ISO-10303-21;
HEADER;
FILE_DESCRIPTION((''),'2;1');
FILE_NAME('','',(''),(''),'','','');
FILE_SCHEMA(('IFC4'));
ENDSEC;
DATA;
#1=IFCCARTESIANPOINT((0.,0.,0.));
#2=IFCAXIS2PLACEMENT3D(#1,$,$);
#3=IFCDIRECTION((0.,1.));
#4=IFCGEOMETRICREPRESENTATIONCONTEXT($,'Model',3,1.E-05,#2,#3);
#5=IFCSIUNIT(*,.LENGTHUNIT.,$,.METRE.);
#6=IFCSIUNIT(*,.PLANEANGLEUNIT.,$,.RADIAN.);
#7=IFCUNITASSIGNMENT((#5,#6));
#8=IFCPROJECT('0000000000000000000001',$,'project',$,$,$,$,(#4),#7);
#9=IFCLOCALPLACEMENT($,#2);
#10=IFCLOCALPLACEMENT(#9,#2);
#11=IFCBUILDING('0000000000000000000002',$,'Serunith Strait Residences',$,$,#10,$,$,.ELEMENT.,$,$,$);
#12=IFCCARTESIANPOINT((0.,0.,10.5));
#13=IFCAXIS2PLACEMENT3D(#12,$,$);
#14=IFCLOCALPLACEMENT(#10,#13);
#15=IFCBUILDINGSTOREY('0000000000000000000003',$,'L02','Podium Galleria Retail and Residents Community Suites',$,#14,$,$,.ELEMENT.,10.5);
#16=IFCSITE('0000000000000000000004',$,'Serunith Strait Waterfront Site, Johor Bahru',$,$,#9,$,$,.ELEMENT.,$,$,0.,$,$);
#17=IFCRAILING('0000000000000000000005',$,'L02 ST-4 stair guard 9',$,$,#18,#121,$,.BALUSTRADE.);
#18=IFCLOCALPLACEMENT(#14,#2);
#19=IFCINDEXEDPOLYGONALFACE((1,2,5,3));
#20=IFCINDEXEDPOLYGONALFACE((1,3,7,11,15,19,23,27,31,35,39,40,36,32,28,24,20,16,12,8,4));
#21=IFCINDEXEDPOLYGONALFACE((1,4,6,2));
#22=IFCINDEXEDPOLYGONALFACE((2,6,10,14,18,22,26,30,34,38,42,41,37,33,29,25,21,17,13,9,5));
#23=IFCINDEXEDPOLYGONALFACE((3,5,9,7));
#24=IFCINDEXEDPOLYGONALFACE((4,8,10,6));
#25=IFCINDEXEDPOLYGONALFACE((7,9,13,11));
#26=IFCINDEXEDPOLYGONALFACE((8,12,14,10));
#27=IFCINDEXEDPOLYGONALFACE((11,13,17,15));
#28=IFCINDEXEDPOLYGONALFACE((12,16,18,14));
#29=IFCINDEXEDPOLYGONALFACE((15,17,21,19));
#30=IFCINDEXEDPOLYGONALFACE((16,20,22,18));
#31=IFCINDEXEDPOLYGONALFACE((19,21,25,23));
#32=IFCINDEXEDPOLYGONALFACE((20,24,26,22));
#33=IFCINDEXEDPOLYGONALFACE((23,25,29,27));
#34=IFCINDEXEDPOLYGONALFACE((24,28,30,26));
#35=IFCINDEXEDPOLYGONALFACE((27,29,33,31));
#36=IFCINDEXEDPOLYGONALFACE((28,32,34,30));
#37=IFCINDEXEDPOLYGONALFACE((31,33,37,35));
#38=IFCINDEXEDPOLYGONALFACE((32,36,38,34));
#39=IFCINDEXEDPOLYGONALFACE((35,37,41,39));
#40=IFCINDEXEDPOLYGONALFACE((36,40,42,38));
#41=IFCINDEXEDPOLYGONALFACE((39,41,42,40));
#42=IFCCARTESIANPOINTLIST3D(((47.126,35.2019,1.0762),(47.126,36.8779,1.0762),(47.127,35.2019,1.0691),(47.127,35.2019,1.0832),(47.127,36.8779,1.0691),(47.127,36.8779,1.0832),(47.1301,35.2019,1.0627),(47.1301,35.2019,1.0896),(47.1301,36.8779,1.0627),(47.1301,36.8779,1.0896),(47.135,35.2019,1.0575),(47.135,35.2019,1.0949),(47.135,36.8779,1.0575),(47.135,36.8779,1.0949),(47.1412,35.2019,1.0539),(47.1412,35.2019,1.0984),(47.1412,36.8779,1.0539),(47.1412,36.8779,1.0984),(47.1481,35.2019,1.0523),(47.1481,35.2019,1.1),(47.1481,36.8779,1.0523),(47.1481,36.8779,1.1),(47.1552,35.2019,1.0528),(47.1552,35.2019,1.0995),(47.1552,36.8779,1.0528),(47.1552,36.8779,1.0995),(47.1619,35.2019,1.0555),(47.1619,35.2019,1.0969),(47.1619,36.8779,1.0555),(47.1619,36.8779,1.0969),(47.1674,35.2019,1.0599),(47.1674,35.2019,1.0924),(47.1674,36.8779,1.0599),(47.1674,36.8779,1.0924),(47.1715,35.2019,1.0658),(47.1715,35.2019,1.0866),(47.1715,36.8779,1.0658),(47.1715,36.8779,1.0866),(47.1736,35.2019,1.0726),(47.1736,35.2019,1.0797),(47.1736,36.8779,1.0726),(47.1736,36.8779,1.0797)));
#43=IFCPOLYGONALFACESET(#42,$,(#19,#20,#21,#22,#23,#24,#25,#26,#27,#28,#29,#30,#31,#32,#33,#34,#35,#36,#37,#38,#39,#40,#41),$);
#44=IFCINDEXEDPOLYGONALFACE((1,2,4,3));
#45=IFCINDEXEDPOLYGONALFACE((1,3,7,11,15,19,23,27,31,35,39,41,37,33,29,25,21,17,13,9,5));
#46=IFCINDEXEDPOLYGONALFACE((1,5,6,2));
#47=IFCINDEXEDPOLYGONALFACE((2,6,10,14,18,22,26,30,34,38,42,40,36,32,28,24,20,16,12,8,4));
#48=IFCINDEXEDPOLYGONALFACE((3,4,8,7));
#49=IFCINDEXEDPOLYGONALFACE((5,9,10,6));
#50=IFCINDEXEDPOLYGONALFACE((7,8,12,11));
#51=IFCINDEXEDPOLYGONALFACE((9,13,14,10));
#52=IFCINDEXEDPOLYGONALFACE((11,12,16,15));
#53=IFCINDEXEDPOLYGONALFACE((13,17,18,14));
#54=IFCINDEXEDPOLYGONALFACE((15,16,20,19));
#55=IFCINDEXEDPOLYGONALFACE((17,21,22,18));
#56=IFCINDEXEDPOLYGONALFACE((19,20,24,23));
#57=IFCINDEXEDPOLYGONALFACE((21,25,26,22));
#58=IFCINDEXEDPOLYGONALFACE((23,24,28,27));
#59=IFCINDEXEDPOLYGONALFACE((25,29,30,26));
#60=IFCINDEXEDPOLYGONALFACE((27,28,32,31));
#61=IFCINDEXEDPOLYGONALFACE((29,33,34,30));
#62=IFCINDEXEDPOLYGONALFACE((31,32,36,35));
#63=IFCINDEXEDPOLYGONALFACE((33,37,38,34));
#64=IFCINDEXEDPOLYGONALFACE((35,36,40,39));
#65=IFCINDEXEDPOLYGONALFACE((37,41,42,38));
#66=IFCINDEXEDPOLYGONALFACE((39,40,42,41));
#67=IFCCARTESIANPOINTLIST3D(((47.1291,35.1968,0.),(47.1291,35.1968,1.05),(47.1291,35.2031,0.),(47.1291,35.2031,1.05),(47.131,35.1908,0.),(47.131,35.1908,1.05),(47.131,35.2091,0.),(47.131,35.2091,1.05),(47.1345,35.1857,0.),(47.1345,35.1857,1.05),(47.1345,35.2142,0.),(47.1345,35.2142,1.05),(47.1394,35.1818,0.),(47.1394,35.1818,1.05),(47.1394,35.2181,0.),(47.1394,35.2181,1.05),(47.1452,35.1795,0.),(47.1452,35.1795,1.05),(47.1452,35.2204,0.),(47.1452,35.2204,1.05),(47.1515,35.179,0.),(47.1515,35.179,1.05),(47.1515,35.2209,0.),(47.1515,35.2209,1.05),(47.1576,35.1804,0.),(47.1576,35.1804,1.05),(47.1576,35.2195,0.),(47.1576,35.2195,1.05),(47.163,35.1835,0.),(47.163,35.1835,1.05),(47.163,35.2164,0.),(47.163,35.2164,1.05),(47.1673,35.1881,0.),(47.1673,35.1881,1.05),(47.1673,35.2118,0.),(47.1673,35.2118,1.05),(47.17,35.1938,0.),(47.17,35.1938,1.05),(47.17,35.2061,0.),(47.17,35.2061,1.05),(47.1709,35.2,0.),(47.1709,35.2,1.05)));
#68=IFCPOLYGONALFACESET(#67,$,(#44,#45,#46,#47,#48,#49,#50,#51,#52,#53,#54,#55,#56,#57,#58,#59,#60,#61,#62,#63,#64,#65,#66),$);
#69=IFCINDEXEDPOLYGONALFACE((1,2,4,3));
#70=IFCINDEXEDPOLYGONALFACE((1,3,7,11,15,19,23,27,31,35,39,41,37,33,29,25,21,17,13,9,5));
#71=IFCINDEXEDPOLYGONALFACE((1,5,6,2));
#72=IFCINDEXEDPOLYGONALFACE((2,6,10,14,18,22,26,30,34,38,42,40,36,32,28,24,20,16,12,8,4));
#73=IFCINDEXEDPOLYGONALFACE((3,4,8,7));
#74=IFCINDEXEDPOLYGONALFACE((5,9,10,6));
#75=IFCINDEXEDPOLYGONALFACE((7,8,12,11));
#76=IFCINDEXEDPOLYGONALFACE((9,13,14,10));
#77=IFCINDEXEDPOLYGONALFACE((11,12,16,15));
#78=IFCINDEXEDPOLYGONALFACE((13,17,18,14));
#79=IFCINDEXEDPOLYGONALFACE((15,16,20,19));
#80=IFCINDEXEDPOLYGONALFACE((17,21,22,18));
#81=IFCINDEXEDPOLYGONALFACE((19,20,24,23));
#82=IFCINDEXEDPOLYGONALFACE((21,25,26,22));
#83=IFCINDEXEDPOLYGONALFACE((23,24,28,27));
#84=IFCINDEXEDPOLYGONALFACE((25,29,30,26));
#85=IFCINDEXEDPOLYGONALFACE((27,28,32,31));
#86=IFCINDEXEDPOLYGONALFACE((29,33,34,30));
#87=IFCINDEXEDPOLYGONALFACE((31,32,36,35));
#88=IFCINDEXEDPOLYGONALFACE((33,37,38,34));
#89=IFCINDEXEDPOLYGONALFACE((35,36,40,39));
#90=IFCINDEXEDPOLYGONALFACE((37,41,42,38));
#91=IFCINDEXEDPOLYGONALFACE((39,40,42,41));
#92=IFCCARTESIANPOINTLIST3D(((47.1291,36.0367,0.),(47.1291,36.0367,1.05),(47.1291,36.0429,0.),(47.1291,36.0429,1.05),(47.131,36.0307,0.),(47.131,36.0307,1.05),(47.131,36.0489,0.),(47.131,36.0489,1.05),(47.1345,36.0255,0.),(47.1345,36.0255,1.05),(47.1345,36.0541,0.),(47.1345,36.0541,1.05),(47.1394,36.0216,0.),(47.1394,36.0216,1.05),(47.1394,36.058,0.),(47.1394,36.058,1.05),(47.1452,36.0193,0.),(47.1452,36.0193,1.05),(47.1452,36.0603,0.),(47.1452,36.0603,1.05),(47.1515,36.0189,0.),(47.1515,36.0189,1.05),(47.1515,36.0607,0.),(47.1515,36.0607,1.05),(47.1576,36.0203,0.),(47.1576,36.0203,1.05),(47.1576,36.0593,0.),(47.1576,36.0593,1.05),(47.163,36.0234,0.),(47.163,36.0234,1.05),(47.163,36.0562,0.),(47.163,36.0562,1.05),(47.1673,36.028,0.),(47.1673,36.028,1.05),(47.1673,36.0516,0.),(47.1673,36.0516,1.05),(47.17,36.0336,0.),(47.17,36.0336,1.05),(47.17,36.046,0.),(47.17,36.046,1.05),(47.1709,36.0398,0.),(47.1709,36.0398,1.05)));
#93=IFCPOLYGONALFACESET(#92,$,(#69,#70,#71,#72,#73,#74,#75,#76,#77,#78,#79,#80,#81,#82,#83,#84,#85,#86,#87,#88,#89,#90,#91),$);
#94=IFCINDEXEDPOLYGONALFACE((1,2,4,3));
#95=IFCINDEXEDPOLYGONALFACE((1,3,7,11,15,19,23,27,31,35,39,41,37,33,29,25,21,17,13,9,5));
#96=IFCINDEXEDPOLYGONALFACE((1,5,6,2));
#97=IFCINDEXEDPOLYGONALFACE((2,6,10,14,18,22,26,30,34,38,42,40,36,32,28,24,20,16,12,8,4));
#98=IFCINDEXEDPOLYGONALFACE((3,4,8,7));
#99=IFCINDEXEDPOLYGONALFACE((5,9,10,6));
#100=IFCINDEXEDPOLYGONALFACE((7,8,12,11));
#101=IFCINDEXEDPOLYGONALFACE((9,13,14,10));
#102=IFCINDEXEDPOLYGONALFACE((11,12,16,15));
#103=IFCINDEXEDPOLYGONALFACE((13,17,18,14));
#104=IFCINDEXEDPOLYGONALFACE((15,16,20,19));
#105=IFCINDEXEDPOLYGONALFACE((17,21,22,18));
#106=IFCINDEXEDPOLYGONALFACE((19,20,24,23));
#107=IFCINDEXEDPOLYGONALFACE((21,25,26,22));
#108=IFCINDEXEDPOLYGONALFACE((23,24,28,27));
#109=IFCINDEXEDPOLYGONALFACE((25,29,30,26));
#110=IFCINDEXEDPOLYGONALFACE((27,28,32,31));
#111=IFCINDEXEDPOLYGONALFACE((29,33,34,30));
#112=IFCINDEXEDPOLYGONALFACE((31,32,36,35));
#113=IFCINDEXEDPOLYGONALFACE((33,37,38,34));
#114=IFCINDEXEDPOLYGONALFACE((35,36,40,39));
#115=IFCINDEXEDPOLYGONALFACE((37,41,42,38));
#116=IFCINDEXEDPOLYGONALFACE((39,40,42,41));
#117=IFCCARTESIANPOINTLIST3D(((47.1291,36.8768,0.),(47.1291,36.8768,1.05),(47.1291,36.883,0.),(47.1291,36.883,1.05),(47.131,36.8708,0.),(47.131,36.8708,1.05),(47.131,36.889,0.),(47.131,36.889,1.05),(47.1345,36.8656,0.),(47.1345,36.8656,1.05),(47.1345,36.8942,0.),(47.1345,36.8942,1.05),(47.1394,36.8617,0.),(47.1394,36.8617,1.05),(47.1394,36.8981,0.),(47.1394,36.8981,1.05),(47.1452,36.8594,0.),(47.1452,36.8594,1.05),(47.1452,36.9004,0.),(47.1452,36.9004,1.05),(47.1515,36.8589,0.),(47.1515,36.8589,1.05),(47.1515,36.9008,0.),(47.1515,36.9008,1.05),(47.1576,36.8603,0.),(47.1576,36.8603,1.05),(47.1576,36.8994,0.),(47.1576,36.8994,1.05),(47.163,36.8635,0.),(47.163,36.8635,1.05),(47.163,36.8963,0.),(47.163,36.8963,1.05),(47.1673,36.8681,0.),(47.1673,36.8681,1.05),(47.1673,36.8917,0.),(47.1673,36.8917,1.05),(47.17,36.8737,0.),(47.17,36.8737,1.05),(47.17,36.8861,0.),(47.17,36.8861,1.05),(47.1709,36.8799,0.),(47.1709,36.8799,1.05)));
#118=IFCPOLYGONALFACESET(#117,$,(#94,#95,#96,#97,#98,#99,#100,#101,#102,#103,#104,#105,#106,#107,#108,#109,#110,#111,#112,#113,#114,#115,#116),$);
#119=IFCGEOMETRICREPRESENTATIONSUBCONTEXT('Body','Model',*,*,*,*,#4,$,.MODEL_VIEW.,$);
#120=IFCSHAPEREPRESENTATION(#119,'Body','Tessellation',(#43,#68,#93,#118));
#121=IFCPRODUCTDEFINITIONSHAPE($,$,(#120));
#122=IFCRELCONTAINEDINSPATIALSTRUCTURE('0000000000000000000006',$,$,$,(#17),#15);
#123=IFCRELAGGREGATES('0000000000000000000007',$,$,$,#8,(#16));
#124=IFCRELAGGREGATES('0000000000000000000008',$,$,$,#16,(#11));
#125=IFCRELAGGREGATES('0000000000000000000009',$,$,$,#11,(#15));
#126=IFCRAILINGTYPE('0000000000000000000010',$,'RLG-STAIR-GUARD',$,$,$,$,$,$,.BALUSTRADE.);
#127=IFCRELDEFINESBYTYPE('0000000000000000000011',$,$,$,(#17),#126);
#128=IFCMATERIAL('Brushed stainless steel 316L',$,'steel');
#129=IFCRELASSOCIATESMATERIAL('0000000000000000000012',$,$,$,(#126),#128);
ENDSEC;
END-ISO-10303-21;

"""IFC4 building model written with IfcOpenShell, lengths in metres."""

from ifc_helpers import new_model, si_unit, direction, frame, origin, origin_2d, place, context, subcontext, project, spatial, circle, extrude, material, type_object, element, save


model = new_model("IFC4")

# Units and contexts
model_context = context("Model", 3, precision=1e-05, world=origin(), true_north=direction((0.0, 1.0)))
body_context = subcontext(model_context, "Body", "Model", "MODEL_VIEW")
ifc_project = project(units=[si_unit("LENGTHUNIT", "METRE"), si_unit("PLANEANGLEUNIT", "RADIAN")], contexts=[model_context])

# Site, building, storey
site_placement = place(None, origin())
site = spatial("IfcSite", under=ifc_project, at=site_placement, Name="Serunith Strait Waterfront Site, Johor Bahru", CompositionType="ELEMENT", RefElevation=0.0)
building_placement = place(site_placement, origin())
building = spatial("IfcBuilding", under=site, at=building_placement, Name="Serunith Strait Residences", CompositionType="ELEMENT")
storey_placement = place(building_placement, frame((0.0, 0.0, 10.5)))
storey = spatial("IfcBuildingStorey", under=building, at=storey_placement, Name="L02", Description="Podium Galleria Retail and Residents Community Suites", CompositionType="ELEMENT", Elevation=10.5)

# Railing
ifc_material_1 = material(Name="Brushed stainless steel 316L", Category="steel")
railing_type = type_object("IfcRailingType", Name="RLG-STAIR-GUARD", PredefinedType="BALUSTRADE", material=ifc_material_1)
railing_1_placement = place(storey_placement, frame((47.1499, 35.2, 0.0)))
element("IfcRailing", 1, at=railing_1_placement, inside=storey, type_object=railing_type, Name="L02 ST-4 stair guard 9", PredefinedType="BALUSTRADE", context=body_context, shape_type="SweptSolid", body=[
    extrude(circle(Radius=0.0239, at=origin_2d()), frame((0.0, 0.002, 1.0762), z_axis=(0.0, 1.0, 0.0), x_axis=(-1.0, 0.0, 0.0)), (0.0, 0.0, 1.0), 1.676),
    extrude(circle(Radius=0.021, at=origin_2d()), origin(), (0.0, 0.0, 1.0), 1.05),
    extrude(circle(Radius=0.021, at=origin_2d()), frame((0.0, 0.8398, 0.0)), (0.0, 0.0, 1.0), 1.05),
    extrude(circle(Radius=0.021, at=origin_2d()), frame((0.0, 1.6799, 0.0)), (0.0, 0.0, 1.0), 1.05),
])

save(model, "model.ifc")
